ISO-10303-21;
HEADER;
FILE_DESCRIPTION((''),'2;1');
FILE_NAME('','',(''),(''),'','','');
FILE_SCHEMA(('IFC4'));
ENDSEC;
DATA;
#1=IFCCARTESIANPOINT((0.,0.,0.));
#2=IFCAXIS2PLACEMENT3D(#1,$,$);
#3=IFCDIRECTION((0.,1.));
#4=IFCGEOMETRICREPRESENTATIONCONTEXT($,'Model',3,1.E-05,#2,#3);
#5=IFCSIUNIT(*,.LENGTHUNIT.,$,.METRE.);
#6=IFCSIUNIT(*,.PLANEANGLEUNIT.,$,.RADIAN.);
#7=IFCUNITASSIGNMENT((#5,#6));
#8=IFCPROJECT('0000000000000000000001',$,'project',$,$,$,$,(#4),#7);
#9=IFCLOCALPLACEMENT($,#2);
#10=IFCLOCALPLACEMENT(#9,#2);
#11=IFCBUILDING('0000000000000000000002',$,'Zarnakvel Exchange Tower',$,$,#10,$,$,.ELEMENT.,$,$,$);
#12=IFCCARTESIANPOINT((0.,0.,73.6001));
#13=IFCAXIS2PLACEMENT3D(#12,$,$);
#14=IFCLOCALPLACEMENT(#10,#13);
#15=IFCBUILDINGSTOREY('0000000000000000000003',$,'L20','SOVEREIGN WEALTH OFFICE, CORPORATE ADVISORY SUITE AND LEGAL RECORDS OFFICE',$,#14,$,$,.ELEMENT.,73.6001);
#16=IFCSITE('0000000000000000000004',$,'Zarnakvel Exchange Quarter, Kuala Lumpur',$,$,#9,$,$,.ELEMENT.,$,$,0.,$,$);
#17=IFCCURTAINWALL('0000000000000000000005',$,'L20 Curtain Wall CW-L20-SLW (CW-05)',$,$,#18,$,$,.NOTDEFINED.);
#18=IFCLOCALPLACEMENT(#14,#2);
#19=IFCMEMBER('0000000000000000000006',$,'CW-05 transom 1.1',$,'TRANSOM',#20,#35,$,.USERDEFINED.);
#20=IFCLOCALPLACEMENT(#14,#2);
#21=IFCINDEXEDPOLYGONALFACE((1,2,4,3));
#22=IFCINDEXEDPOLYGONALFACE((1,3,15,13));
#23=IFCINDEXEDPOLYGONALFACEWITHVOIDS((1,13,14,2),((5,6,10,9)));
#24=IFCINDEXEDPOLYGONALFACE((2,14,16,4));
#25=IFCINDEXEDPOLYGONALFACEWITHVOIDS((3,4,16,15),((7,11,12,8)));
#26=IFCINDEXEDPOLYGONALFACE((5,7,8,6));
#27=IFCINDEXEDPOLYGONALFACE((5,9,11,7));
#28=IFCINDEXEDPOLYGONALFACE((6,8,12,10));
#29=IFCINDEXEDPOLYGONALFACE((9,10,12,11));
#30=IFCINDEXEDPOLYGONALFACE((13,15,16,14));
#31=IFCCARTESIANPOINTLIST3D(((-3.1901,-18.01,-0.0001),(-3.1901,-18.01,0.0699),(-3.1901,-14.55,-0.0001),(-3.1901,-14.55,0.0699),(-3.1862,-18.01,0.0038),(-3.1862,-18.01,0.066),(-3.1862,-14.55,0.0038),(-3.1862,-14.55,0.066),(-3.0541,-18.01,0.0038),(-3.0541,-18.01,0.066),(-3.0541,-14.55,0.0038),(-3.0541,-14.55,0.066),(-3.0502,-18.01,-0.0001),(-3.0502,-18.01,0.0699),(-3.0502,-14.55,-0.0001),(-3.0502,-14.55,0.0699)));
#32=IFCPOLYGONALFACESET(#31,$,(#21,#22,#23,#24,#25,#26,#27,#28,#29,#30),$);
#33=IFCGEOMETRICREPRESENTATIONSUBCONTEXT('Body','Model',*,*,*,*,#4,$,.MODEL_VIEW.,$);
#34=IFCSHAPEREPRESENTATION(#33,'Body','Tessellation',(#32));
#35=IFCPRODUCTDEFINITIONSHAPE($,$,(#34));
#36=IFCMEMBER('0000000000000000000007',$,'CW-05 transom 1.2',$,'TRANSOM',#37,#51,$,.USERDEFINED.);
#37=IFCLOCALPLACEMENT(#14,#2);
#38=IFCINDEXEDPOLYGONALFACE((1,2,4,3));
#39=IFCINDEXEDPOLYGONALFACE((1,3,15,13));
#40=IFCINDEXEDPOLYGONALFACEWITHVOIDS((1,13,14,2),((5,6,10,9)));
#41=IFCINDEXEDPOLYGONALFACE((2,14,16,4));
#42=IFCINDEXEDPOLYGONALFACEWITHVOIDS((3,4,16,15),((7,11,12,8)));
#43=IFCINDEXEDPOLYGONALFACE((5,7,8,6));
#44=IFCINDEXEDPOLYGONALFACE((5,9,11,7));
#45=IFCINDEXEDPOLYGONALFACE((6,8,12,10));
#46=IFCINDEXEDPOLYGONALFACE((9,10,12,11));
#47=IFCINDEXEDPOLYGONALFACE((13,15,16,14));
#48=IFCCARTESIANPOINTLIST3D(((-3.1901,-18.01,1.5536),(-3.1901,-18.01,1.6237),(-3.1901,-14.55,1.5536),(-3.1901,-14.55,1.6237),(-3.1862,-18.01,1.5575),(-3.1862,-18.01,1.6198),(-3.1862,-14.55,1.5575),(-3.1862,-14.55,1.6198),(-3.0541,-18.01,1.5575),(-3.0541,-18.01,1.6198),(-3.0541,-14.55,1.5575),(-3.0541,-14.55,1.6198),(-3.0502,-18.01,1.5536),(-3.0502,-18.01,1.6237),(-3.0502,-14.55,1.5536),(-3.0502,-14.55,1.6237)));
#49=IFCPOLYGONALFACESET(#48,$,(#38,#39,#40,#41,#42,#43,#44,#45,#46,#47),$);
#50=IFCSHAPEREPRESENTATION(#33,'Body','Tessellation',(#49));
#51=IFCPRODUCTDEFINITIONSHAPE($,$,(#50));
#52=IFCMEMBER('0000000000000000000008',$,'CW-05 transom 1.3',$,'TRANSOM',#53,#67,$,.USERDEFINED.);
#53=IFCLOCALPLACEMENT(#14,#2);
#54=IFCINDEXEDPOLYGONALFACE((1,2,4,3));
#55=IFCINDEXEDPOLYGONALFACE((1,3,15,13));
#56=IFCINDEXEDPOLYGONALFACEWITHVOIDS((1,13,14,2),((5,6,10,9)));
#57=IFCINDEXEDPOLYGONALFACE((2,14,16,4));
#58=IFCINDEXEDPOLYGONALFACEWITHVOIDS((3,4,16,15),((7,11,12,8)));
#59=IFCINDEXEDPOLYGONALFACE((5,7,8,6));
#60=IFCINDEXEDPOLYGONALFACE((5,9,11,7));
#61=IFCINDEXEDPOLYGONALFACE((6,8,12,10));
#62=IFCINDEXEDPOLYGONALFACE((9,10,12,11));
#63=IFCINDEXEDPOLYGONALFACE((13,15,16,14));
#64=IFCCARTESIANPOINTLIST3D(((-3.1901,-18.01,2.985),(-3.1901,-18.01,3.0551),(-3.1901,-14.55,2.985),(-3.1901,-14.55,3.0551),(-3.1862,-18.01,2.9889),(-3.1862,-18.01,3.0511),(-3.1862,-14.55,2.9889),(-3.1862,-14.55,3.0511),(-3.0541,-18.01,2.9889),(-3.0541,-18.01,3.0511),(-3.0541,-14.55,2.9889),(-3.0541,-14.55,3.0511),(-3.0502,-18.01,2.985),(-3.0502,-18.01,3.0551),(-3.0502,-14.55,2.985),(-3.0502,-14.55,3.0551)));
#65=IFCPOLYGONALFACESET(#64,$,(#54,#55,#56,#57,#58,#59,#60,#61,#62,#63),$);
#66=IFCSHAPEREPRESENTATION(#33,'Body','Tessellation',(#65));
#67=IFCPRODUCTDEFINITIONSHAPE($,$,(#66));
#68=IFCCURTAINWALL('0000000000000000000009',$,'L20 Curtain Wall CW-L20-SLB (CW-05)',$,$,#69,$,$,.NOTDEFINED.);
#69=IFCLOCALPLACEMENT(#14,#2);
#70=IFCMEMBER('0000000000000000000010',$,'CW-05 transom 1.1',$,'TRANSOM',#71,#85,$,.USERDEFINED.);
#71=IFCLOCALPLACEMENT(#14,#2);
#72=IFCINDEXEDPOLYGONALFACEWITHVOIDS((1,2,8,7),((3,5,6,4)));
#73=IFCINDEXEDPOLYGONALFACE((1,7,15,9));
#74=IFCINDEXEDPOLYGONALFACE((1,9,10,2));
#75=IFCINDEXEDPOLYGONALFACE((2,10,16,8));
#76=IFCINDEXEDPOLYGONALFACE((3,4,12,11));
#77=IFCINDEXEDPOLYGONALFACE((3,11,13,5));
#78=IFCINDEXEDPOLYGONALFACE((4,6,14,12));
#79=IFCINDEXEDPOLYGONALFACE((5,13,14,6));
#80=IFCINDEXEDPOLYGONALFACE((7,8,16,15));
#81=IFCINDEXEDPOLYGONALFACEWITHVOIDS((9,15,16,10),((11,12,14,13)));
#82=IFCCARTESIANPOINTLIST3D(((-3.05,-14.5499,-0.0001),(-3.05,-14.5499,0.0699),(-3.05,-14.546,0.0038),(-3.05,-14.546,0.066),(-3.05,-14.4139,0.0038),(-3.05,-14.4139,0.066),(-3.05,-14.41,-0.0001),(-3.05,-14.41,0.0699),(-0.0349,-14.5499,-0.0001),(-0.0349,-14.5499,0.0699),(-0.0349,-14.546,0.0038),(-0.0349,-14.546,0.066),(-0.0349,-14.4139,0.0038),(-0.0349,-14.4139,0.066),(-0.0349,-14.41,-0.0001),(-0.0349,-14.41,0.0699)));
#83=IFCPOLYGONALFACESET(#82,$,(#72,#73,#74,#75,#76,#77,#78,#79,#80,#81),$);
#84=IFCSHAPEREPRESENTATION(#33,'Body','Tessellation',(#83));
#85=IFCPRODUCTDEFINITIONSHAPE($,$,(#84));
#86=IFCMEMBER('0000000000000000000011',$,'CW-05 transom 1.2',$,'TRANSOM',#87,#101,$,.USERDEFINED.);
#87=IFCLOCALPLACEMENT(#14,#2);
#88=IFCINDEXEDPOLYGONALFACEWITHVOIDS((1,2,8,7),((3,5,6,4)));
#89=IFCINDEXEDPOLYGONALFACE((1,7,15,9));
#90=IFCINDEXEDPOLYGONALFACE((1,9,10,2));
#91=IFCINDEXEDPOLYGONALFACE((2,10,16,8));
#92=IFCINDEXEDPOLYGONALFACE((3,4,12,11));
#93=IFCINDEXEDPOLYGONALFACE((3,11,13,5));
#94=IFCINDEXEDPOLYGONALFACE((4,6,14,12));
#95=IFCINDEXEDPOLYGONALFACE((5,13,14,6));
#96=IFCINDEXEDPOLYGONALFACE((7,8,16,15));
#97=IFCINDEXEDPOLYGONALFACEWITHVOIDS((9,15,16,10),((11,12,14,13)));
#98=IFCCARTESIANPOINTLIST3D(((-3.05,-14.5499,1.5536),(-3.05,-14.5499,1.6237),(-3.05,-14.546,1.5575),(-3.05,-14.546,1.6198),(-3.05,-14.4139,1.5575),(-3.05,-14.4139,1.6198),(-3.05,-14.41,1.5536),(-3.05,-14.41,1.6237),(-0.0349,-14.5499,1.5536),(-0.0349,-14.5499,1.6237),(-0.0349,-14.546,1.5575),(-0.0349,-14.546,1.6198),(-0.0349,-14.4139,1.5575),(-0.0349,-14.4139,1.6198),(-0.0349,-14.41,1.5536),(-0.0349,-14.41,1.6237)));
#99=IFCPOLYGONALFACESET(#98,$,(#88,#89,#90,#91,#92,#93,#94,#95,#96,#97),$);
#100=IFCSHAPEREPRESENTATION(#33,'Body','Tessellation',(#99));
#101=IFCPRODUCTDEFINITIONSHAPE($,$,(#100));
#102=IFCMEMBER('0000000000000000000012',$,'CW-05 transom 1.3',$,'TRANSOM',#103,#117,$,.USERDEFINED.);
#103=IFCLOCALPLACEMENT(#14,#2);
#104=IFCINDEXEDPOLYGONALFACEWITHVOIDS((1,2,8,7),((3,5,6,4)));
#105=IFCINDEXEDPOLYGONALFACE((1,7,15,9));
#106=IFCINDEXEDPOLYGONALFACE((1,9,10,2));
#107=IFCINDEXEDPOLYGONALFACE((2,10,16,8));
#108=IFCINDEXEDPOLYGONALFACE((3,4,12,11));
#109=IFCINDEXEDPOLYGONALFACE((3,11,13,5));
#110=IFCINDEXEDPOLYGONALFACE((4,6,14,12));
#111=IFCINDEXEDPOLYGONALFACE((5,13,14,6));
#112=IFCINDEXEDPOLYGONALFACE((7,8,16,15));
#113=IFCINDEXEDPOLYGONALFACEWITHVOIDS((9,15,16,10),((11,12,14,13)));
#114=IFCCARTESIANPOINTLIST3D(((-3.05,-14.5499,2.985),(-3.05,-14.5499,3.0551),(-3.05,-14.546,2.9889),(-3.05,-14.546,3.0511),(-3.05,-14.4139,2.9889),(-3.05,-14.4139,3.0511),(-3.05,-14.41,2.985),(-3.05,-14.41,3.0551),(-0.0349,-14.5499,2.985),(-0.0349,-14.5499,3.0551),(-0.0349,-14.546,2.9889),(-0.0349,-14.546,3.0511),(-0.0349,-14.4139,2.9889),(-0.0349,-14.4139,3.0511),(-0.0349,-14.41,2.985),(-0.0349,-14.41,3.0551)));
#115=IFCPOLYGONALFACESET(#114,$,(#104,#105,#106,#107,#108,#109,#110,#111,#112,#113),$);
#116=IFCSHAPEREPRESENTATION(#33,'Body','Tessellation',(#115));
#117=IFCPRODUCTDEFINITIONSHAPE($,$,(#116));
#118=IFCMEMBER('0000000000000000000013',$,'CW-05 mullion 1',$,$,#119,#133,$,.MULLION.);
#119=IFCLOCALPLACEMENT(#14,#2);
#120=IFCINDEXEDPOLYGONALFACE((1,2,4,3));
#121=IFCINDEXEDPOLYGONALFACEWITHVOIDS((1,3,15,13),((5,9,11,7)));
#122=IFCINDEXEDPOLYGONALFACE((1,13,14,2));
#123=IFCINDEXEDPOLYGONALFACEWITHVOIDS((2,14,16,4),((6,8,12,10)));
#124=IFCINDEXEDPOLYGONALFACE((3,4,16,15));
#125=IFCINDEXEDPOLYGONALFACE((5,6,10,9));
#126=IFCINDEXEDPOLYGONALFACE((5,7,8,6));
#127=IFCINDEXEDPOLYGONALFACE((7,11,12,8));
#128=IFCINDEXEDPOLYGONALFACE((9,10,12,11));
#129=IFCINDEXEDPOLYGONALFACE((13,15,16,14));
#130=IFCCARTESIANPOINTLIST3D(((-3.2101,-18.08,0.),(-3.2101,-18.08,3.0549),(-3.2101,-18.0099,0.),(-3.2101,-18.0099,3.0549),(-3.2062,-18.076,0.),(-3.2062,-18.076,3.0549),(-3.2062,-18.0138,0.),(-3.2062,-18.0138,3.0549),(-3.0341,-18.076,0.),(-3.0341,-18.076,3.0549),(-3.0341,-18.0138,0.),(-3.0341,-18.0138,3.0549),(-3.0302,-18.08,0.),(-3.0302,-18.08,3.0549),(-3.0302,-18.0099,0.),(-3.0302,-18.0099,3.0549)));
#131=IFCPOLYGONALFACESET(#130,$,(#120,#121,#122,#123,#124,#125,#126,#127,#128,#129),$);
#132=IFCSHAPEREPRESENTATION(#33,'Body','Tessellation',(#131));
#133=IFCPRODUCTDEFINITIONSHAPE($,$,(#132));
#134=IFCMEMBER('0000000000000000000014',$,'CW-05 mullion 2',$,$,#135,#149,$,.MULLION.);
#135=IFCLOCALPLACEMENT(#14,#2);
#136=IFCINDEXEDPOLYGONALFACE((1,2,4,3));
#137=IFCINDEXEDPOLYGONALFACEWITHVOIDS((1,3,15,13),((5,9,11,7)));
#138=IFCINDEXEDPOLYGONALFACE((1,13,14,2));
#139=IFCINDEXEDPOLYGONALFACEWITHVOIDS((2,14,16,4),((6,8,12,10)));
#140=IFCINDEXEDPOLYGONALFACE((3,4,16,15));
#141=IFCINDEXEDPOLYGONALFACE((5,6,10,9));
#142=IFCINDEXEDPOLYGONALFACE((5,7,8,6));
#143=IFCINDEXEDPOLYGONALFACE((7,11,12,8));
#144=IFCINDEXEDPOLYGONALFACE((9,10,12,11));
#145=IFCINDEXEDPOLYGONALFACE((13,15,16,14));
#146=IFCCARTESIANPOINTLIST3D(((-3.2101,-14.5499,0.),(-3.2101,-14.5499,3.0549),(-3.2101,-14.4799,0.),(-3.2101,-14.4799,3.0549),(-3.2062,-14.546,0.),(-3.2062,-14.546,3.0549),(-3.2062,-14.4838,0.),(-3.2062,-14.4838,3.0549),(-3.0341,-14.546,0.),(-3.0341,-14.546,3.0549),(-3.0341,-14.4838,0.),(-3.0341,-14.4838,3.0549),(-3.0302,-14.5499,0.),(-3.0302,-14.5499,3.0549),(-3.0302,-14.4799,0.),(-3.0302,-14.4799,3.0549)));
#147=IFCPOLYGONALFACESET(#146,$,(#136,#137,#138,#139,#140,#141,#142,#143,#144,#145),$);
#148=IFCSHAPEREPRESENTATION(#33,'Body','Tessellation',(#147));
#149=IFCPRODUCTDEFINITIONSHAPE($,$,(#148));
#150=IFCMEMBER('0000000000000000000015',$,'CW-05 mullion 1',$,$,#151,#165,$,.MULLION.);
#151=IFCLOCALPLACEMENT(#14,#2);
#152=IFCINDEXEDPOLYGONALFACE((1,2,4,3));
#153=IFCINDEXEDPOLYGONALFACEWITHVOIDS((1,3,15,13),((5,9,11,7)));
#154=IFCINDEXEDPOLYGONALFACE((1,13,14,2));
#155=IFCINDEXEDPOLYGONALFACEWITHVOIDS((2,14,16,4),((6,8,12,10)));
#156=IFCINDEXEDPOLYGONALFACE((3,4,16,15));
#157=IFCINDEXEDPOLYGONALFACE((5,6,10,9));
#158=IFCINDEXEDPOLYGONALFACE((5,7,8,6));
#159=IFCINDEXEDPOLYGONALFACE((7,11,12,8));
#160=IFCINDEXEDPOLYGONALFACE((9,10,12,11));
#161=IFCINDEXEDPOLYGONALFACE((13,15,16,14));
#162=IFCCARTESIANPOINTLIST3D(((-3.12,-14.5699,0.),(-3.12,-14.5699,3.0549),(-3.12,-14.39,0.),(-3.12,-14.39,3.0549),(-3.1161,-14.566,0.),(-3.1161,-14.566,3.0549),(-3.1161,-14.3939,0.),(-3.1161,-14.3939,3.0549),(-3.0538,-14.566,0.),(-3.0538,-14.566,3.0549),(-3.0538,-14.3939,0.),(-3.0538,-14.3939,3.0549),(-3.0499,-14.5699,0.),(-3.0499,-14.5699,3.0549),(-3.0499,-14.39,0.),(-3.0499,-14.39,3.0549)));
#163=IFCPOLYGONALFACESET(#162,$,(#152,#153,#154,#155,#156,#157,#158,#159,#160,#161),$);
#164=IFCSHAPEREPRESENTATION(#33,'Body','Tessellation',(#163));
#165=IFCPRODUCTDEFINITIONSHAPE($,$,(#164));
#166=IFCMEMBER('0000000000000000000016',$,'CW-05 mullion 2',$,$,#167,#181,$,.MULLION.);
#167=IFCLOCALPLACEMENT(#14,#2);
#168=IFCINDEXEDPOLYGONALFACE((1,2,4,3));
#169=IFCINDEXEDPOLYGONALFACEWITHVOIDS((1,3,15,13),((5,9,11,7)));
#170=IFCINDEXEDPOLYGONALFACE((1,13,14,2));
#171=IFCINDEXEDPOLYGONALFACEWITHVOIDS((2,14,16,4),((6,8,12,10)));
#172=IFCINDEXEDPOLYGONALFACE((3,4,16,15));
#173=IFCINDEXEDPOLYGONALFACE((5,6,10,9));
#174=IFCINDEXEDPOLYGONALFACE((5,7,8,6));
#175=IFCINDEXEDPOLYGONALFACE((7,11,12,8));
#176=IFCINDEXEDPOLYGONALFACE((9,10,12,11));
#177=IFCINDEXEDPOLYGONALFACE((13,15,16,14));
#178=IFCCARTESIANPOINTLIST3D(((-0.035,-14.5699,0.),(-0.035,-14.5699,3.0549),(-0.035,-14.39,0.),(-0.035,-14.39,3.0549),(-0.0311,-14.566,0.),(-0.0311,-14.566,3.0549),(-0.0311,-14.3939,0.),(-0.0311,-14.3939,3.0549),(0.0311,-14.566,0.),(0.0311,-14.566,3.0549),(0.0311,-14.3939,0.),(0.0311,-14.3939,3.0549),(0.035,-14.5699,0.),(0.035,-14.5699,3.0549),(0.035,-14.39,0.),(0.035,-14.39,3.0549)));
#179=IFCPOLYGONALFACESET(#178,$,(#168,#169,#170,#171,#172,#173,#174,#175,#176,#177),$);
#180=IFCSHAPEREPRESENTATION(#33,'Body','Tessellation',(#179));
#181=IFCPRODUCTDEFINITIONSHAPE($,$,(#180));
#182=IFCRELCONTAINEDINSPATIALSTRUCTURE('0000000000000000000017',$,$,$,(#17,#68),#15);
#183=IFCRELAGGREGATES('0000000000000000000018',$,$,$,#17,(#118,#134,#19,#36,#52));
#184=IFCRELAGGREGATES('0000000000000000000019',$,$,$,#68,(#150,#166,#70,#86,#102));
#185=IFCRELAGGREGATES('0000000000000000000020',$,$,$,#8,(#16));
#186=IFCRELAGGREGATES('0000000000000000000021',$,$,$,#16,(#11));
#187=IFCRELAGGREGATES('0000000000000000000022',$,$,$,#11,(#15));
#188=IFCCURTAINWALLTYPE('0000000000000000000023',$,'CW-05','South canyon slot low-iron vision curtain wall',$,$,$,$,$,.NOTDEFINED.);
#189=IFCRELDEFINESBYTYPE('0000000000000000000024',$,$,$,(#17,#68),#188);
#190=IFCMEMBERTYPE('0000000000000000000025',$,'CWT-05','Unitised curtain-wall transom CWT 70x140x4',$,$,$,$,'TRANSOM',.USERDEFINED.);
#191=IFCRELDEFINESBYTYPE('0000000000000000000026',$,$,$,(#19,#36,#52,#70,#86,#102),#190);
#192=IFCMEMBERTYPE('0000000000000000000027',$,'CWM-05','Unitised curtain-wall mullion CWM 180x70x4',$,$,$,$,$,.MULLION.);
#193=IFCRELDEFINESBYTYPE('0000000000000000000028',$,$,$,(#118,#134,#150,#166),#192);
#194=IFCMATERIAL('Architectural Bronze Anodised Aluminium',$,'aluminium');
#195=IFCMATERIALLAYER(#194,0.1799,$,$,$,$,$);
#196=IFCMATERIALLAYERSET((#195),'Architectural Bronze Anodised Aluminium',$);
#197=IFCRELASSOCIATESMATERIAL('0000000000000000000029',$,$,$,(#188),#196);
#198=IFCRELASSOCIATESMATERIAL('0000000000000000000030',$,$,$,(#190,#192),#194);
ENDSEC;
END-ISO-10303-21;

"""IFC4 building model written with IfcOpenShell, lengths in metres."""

from ifc_helpers import new_model, si_unit, direction, frame, origin, origin_2d, place, context, subcontext, project, spatial, hollow_rectangle, extrude, source, transform, mapped, material, layer, layer_set, material_profile, profile_set, type_object, element, aggregate, save


model = new_model("IFC4")

# Units and contexts
model_context = context("Model", 3, precision=1e-05, world=origin(), true_north=direction((0.0, 1.0)))
body_context = subcontext(model_context, "Body", "Model", "MODEL_VIEW")
ifc_project = project(units=[si_unit("LENGTHUNIT", "METRE"), si_unit("PLANEANGLEUNIT", "RADIAN")], contexts=[model_context])

# Site, building, storey
site_placement = place(None, origin())
site = spatial("IfcSite", under=ifc_project, at=site_placement, Name="Zarnakvel Exchange Quarter, Kuala Lumpur", CompositionType="ELEMENT", RefElevation=0.0)
building_placement = place(site_placement, origin())
building = spatial("IfcBuilding", under=site, at=building_placement, Name="Zarnakvel Exchange Tower", CompositionType="ELEMENT")
storey_placement = place(building_placement, frame((0.0, 0.0, 73.6001)))
storey = spatial("IfcBuildingStorey", under=building, at=storey_placement, Name="L20", Description="SOVEREIGN WEALTH OFFICE, CORPORATE ADVISORY SUITE AND LEGAL RECORDS OFFICE", CompositionType="ELEMENT", Elevation=73.6001)

# Curtain walls, members
ifc_material_1 = material(Name="Architectural Bronze Anodised Aluminium", Category="aluminium")
ifc_layer_1 = layer(ifc_material_1, 0.1799)
ifc_layer_set_1 = layer_set([ifc_layer_1], Name="Architectural Bronze Anodised Aluminium")
curtain_wall_type = type_object("IfcCurtainWallType", Name="CW-05", Description="South canyon slot low-iron vision curtain wall", PredefinedType="NOTDEFINED", material=ifc_layer_set_1)
curtain_wall_1_placement = place(storey_placement, origin())
curtain_wall_1 = element("IfcCurtainWall", 1, at=curtain_wall_1_placement, inside=storey, type_object=curtain_wall_type, Name="L20 Curtain Wall CW-L20-SLW (CW-05)", PredefinedType="NOTDEFINED")
ifc_material_profile_1 = material_profile(ifc_material_1, hollow_rectangle(XDim=0.1399, YDim=0.0701, WallThickness=0.0039, at=origin_2d()))
ifc_profile_set_1 = profile_set([ifc_material_profile_1], Name="Architectural Bronze Anodised Aluminium")
member_type_1 = type_object("IfcMemberType", Name="CWT-05", Description="Unitised curtain-wall transom CWT 70x140x4", ElementType="TRANSOM", PredefinedType="USERDEFINED", material=ifc_profile_set_1)
shared_shape_1 = source(origin(), body_context, "Body", "SweptSolid", [
    extrude(hollow_rectangle(XDim=0.1399, YDim=0.0701, WallThickness=0.0039, at=origin_2d()), origin(), (0.0, 0.0, 1.0), 3.46),
])
member_1_placement = place(storey_placement, frame((-3.1201, -18.01, 0.0349), z_axis=(0.0, 1.0, 0.0), x_axis=(-1.0, 0.0, 0.0)))
member_1 = element("IfcMember", 2, at=member_1_placement, type_object=member_type_1, Name="CW-05 transom 1.1", ObjectType="TRANSOM", PredefinedType="USERDEFINED", context=body_context, shape_type="MappedRepresentation", body=[
    mapped(shared_shape_1, transform((0.0, 0.0, 0.0), x_axis=(1.0, 0.0, 0.0), y_axis=(0.0, 1.0, 0.0), z_axis=(0.0, 0.0, 1.0), scale=1.0)),
])
member_2_placement = place(storey_placement, frame((-3.1201, -18.01, 1.5886), z_axis=(0.0, 1.0, 0.0), x_axis=(-1.0, 0.0, 0.0)))
member_2 = element("IfcMember", 3, at=member_2_placement, type_object=member_type_1, Name="CW-05 transom 1.2", ObjectType="TRANSOM", PredefinedType="USERDEFINED", context=body_context, shape_type="MappedRepresentation", body=[
    mapped(shared_shape_1, transform((0.0, 0.0, 0.0), x_axis=(1.0, 0.0, 0.0), y_axis=(0.0, 1.0, 0.0), z_axis=(0.0, 0.0, 1.0), scale=1.0)),
])
member_3_placement = place(storey_placement, frame((-3.1201, -18.01, 3.02), z_axis=(0.0, 1.0, 0.0), x_axis=(-1.0, 0.0, 0.0)))
member_3 = element("IfcMember", 4, at=member_3_placement, type_object=member_type_1, Name="CW-05 transom 1.3", ObjectType="TRANSOM", PredefinedType="USERDEFINED", context=body_context, shape_type="MappedRepresentation", body=[
    mapped(shared_shape_1, transform((0.0, 0.0, 0.0), x_axis=(1.0, 0.0, 0.0), y_axis=(0.0, 1.0, 0.0), z_axis=(0.0, 0.0, 1.0), scale=1.0)),
])
curtain_wall_2_placement = place(storey_placement, origin())
curtain_wall_2 = element("IfcCurtainWall", 5, at=curtain_wall_2_placement, inside=storey, type_object=curtain_wall_type, Name="L20 Curtain Wall CW-L20-SLB (CW-05)", PredefinedType="NOTDEFINED")
shared_shape_2 = source(origin(), body_context, "Body", "SweptSolid", [
    extrude(hollow_rectangle(XDim=0.1399, YDim=0.0701, WallThickness=0.0039, at=origin_2d()), origin(), (0.0, 0.0, 1.0), 3.0151),
])
member_4_placement = place(storey_placement, frame((-3.05, -14.48, 0.0349), z_axis=(1.0, 0.0, 0.0), x_axis=(0.0, 1.0, 0.0)))
member_4 = element("IfcMember", 6, at=member_4_placement, type_object=member_type_1, Name="CW-05 transom 1.1", ObjectType="TRANSOM", PredefinedType="USERDEFINED", context=body_context, shape_type="MappedRepresentation", body=[
    mapped(shared_shape_2, transform((0.0, 0.0, 0.0), x_axis=(1.0, 0.0, 0.0), y_axis=(0.0, 1.0, 0.0), z_axis=(0.0, 0.0, 1.0), scale=1.0)),
])
member_5_placement = place(storey_placement, frame((-3.05, -14.48, 1.5886), z_axis=(1.0, 0.0, 0.0), x_axis=(0.0, 1.0, 0.0)))
member_5 = element("IfcMember", 7, at=member_5_placement, type_object=member_type_1, Name="CW-05 transom 1.2", ObjectType="TRANSOM", PredefinedType="USERDEFINED", context=body_context, shape_type="MappedRepresentation", body=[
    mapped(shared_shape_2, transform((0.0, 0.0, 0.0), x_axis=(1.0, 0.0, 0.0), y_axis=(0.0, 1.0, 0.0), z_axis=(0.0, 0.0, 1.0), scale=1.0)),
])
member_6_placement = place(storey_placement, frame((-3.05, -14.48, 3.02), z_axis=(1.0, 0.0, 0.0), x_axis=(0.0, 1.0, 0.0)))
member_6 = element("IfcMember", 8, at=member_6_placement, type_object=member_type_1, Name="CW-05 transom 1.3", ObjectType="TRANSOM", PredefinedType="USERDEFINED", context=body_context, shape_type="MappedRepresentation", body=[
    mapped(shared_shape_2, transform((0.0, 0.0, 0.0), x_axis=(1.0, 0.0, 0.0), y_axis=(0.0, 1.0, 0.0), z_axis=(0.0, 0.0, 1.0), scale=1.0)),
])

# Members
ifc_material_profile_2 = material_profile(ifc_material_1, hollow_rectangle(XDim=0.1799, YDim=0.0701, WallThickness=0.0039, at=origin_2d()))
ifc_profile_set_2 = profile_set([ifc_material_profile_2], Name="Architectural Bronze Anodised Aluminium")
member_type_2 = type_object("IfcMemberType", Name="CWM-05", Description="Unitised curtain-wall mullion CWM 180x70x4", PredefinedType="MULLION", material=ifc_profile_set_2)
shared_shape_3 = source(origin(), body_context, "Body", "SweptSolid", [
    extrude(hollow_rectangle(XDim=0.1799, YDim=0.0701, WallThickness=0.0039, at=origin_2d()), origin(), (0.0, 0.0, 1.0), 3.0549),
])
member_7_placement = place(storey_placement, frame((-3.1201, -18.0449, 0.0), z_axis=(0.0, 0.0, 1.0), x_axis=(-1.0, 0.0, 0.0)))
member_7 = element("IfcMember", 9, at=member_7_placement, type_object=member_type_2, Name="CW-05 mullion 1", PredefinedType="MULLION", context=body_context, shape_type="MappedRepresentation", body=[
    mapped(shared_shape_3, transform((0.0, 0.0, 0.0), x_axis=(1.0, 0.0, 0.0), y_axis=(0.0, 1.0, 0.0), z_axis=(0.0, 0.0, 1.0), scale=1.0)),
])
member_8_placement = place(storey_placement, frame((-3.1201, -14.5149, 0.0), z_axis=(0.0, 0.0, 1.0), x_axis=(-1.0, 0.0, 0.0)))
member_8 = element("IfcMember", 10, at=member_8_placement, type_object=member_type_2, Name="CW-05 mullion 2", PredefinedType="MULLION", context=body_context, shape_type="MappedRepresentation", body=[
    mapped(shared_shape_3, transform((0.0, 0.0, 0.0), x_axis=(1.0, 0.0, 0.0), y_axis=(0.0, 1.0, 0.0), z_axis=(0.0, 0.0, 1.0), scale=1.0)),
])
member_9_placement = place(storey_placement, frame((-3.085, -14.48, 0.0), z_axis=(0.0, 0.0, 1.0), x_axis=(0.0, 1.0, 0.0)))
member_9 = element("IfcMember", 11, at=member_9_placement, type_object=member_type_2, Name="CW-05 mullion 1", PredefinedType="MULLION", context=body_context, shape_type="MappedRepresentation", body=[
    mapped(shared_shape_3, transform((0.0, 0.0, 0.0), x_axis=(1.0, 0.0, 0.0), y_axis=(0.0, 1.0, 0.0), z_axis=(0.0, 0.0, 1.0), scale=1.0)),
])
member_10_placement = place(storey_placement, frame((0.0, -14.48, 0.0), z_axis=(0.0, 0.0, 1.0), x_axis=(0.0, 1.0, 0.0)))
member_10 = element("IfcMember", 12, at=member_10_placement, type_object=member_type_2, Name="CW-05 mullion 2", PredefinedType="MULLION", context=body_context, shape_type="MappedRepresentation", body=[
    mapped(shared_shape_3, transform((0.0, 0.0, 0.0), x_axis=(1.0, 0.0, 0.0), y_axis=(0.0, 1.0, 0.0), z_axis=(0.0, 0.0, 1.0), scale=1.0)),
])

aggregate(curtain_wall_1, [member_7, member_8, member_1, member_2, member_3])
aggregate(curtain_wall_2, [member_9, member_10, member_4, member_5, member_6])

save(model, "model.ifc")
